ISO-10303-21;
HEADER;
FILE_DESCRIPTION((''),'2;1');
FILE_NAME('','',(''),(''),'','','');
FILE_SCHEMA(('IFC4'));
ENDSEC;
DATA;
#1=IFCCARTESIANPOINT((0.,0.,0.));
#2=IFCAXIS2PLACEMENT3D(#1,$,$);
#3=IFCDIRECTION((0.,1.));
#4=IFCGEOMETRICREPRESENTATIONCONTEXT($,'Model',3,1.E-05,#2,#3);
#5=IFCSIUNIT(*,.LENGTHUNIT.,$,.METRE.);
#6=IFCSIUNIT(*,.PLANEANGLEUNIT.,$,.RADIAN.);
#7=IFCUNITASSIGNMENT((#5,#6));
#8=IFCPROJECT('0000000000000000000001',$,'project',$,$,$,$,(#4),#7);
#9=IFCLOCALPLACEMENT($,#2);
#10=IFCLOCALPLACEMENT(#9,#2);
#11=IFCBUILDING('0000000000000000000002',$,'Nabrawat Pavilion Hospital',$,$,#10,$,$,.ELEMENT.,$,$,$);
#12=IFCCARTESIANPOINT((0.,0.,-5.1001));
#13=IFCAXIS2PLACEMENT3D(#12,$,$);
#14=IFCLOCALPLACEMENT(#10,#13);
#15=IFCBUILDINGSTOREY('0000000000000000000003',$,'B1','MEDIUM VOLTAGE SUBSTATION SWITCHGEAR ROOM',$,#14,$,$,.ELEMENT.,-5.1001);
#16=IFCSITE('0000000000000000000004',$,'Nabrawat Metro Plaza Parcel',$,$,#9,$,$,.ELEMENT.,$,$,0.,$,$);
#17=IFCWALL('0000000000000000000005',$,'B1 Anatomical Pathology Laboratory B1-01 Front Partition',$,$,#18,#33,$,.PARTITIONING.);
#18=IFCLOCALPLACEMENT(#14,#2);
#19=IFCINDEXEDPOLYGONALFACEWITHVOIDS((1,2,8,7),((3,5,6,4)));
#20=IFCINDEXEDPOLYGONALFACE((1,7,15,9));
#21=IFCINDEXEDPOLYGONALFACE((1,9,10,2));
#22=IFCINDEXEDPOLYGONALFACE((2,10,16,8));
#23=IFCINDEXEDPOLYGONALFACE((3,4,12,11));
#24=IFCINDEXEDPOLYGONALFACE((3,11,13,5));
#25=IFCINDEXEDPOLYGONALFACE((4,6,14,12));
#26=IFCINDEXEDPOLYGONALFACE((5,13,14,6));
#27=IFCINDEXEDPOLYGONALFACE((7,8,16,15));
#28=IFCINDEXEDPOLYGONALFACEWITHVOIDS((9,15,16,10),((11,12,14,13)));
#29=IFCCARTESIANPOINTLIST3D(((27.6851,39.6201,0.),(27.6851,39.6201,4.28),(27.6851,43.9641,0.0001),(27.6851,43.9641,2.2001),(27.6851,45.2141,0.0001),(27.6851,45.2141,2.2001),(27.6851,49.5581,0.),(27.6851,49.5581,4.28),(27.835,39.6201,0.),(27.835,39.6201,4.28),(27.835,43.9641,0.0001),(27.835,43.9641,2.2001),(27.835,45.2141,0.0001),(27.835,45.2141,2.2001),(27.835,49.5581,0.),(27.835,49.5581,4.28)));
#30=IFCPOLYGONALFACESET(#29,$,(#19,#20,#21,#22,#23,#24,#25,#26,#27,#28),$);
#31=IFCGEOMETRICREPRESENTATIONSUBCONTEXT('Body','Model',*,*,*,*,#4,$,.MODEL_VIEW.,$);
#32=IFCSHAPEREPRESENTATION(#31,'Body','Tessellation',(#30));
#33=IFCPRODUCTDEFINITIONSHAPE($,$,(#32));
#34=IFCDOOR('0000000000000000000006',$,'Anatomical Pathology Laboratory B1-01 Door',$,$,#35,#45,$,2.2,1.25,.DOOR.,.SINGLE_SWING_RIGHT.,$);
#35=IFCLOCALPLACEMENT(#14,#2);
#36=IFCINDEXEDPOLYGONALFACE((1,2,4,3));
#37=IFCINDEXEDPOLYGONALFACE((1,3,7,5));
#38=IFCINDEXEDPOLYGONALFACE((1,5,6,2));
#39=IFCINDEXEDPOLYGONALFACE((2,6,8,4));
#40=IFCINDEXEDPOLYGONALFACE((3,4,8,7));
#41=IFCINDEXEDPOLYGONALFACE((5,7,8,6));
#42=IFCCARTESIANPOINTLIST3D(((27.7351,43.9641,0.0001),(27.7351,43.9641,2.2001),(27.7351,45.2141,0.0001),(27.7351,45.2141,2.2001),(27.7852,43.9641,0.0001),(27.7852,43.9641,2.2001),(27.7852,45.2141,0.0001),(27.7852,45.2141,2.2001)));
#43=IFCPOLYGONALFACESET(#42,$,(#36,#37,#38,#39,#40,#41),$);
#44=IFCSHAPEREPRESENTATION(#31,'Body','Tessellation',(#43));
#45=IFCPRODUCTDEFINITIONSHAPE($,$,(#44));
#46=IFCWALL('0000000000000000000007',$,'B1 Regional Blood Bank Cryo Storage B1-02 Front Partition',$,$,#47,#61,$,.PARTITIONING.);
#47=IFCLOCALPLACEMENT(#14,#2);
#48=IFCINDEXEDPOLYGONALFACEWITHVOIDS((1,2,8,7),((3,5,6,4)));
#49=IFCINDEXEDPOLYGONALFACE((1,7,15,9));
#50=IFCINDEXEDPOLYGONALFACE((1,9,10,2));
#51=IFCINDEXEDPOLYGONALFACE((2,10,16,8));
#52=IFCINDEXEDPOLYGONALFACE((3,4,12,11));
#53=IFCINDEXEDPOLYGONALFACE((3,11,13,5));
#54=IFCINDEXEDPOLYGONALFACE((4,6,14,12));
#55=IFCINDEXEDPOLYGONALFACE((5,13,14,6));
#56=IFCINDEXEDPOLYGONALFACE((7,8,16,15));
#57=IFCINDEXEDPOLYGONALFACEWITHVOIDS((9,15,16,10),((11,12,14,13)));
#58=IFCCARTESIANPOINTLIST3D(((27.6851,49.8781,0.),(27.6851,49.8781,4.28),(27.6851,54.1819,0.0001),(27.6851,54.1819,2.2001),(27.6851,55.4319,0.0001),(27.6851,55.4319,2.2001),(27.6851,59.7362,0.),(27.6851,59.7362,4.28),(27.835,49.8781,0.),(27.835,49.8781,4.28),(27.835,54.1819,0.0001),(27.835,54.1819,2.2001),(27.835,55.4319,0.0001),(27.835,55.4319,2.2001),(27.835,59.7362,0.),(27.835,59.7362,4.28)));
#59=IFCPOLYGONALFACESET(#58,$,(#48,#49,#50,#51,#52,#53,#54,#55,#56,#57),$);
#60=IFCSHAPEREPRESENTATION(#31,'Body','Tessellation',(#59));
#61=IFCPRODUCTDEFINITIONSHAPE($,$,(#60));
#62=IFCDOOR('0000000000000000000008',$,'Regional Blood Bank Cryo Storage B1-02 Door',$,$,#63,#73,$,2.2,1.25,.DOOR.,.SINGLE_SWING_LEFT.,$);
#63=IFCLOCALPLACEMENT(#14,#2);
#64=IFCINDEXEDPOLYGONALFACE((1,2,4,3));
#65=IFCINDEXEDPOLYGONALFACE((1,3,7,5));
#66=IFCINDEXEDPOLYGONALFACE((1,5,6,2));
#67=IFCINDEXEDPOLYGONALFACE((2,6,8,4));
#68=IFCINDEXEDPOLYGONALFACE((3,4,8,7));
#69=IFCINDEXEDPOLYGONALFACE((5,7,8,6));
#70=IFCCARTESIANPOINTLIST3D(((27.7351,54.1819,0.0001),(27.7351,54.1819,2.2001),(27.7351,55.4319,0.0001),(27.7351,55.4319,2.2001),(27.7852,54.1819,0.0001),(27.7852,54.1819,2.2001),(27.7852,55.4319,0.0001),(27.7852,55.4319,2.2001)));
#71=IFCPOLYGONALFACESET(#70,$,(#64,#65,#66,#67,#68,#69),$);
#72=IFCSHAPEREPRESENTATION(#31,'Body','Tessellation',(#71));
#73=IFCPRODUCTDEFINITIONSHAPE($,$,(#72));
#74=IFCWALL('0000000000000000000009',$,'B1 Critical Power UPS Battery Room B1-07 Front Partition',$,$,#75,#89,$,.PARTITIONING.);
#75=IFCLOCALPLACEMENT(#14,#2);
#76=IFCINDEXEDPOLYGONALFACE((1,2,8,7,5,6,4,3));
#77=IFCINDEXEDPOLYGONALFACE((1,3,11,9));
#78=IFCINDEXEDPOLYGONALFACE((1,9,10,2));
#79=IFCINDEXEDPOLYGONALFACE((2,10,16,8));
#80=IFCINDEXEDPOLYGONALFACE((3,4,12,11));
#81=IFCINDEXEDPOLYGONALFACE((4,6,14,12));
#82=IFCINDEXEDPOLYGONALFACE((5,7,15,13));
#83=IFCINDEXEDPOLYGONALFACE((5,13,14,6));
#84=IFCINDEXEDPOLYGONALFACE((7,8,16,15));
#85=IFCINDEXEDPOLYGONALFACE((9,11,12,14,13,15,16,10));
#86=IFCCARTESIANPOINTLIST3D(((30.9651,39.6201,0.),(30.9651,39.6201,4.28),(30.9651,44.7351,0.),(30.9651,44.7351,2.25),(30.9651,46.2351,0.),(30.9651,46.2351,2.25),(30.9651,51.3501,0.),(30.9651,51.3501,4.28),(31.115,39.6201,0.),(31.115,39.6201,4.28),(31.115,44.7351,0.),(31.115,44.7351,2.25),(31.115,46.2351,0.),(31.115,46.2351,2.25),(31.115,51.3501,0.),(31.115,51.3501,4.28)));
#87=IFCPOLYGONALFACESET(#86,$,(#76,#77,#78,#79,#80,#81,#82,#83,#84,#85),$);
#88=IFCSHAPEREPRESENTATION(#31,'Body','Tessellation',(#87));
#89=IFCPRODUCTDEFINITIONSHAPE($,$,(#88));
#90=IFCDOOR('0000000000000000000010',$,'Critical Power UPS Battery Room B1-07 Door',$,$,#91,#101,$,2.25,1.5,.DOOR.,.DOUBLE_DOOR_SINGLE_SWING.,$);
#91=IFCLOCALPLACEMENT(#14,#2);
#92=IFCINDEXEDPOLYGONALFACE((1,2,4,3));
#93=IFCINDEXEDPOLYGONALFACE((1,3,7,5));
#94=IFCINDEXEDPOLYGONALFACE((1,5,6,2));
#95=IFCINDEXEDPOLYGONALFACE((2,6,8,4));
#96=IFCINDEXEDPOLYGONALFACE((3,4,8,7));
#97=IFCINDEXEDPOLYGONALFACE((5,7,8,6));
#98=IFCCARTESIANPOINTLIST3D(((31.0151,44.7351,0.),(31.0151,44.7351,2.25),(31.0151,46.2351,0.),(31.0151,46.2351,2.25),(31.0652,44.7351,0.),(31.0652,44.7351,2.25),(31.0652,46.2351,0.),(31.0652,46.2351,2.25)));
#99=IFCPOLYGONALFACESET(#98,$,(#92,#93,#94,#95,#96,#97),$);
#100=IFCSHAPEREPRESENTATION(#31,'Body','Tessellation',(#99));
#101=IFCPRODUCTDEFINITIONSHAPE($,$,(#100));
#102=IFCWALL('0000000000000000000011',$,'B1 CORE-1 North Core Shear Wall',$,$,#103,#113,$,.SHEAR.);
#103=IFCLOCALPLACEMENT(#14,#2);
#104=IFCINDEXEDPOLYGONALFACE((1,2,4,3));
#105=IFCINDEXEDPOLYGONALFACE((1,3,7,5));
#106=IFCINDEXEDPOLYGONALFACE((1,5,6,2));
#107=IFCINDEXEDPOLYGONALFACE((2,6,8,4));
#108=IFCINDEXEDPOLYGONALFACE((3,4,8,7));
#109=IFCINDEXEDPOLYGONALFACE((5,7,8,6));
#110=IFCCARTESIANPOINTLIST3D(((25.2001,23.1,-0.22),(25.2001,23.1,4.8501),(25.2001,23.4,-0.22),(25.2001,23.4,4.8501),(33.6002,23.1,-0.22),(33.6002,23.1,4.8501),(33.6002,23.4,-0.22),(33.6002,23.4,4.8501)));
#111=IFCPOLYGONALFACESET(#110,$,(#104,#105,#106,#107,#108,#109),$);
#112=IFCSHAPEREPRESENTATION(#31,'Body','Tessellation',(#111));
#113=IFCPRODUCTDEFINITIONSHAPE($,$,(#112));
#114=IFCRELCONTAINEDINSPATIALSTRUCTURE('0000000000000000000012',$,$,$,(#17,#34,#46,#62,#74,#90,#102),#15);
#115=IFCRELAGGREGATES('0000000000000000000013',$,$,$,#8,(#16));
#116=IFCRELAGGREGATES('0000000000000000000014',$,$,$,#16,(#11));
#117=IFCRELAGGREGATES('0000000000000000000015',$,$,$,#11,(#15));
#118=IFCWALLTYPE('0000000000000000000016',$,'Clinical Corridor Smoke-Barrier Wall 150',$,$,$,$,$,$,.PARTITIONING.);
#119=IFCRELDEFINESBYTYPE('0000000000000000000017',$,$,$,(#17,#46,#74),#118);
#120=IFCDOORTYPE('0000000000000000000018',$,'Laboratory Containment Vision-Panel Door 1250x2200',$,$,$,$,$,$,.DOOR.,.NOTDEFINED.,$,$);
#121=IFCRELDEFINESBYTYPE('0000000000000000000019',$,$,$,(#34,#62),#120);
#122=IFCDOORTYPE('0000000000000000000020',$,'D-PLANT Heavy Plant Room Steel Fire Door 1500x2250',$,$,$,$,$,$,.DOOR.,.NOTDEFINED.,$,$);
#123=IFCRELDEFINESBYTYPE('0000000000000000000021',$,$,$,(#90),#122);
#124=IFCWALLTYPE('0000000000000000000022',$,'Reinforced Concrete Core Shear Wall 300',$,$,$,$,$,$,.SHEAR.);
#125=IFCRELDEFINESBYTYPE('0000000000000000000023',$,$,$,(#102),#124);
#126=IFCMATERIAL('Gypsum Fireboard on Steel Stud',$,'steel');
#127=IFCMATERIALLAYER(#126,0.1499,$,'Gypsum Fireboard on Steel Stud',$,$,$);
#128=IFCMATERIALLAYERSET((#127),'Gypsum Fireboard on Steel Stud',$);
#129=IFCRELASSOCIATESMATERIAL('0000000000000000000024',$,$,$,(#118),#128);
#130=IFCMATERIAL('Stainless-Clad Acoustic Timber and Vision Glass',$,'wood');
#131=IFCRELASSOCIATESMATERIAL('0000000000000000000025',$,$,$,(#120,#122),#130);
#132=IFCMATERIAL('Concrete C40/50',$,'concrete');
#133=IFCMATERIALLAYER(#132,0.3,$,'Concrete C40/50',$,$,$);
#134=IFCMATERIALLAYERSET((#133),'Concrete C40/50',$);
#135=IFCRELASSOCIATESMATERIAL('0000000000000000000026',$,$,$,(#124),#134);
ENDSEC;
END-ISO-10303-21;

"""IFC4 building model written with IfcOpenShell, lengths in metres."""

from ifc_helpers import new_model, si_unit, direction, frame, frame_2d, origin, place, context, subcontext, project, spatial, rectangle, extrude, material, layer, layer_set, type_object, element, fill, save


model = new_model("IFC4")

# Units and contexts
model_context = context("Model", 3, precision=1e-05, world=origin(), true_north=direction((0.0, 1.0)))
body_context = subcontext(model_context, "Body", "Model", "MODEL_VIEW")
ifc_project = project(units=[si_unit("LENGTHUNIT", "METRE"), si_unit("PLANEANGLEUNIT", "RADIAN")], contexts=[model_context])

# Site, building, storey
site_placement = place(None, origin())
site = spatial("IfcSite", under=ifc_project, at=site_placement, Name="Nabrawat Metro Plaza Parcel", CompositionType="ELEMENT", RefElevation=0.0)
building_placement = place(site_placement, origin())
building = spatial("IfcBuilding", under=site, at=building_placement, Name="Nabrawat Pavilion Hospital", CompositionType="ELEMENT")
storey_placement = place(building_placement, frame((0.0, 0.0, -5.1001)))
storey = spatial("IfcBuildingStorey", under=building, at=storey_placement, Name="B1", Description="MEDIUM VOLTAGE SUBSTATION SWITCHGEAR ROOM", CompositionType="ELEMENT", Elevation=-5.1001)

# Shared definitions
ifc_material_1 = material(Name="Concrete C40/50", Category="concrete")

# Walls, openings, doors
ifc_material_2 = material(Name="Gypsum Fireboard on Steel Stud", Category="steel")
ifc_layer_1 = layer(ifc_material_2, 0.1499, Name="Gypsum Fireboard on Steel Stud")
ifc_layer_set_1 = layer_set([ifc_layer_1], Name="Gypsum Fireboard on Steel Stud")
wall_type_1 = type_object("IfcWallType", Name="Clinical Corridor Smoke-Barrier Wall 150", PredefinedType="PARTITIONING", material=ifc_layer_set_1)
wall_1_placement = place(storey_placement, frame((27.76, 39.6201, 0.0), z_axis=(0.0, 0.0, 1.0), x_axis=(0.0, 1.0, 0.0)))
wall_1 = element("IfcWall", 1, at=wall_1_placement, inside=storey, type_object=wall_type_1, Name="B1 Anatomical Pathology Laboratory B1-01 Front Partition", PredefinedType="PARTITIONING", context=body_context, shape_type="SweptSolid", body=[
    extrude(rectangle(XDim=9.938, YDim=0.1499, at=frame_2d((4.969, 0.0))), origin(), (0.0, 0.0, 1.0), 4.28),
])
opening_1_placement = place(wall_1_placement, frame((4.344, 0.0, 0.0)))
opening_1 = element("IfcOpeningElement", 2, at=opening_1_placement, cuts=wall_1, PredefinedType="OPENING", context=body_context, shape_type="SweptSolid", body=[
    extrude(rectangle(XDim=1.25, YDim=2.2, at=frame_2d((0.625, 1.1001))), frame((0.0, 0.085, 0.0), z_axis=(0.0, -1.0, 0.0), x_axis=(1.0, 0.0, 0.0)), (0.0, 0.0, 1.0), 0.1699),
])
ifc_material_3 = material(Name="Stainless-Clad Acoustic Timber and Vision Glass", Category="wood")
door_type_1 = type_object("IfcDoorType", Name="Laboratory Containment Vision-Panel Door 1250x2200", OperationType="NOTDEFINED", PredefinedType="DOOR", material=ifc_material_3)
door_1_placement = place(opening_1_placement, origin())
door_1 = element("IfcDoor", 3, at=door_1_placement, inside=storey, type_object=door_type_1, Name="Anatomical Pathology Laboratory B1-01 Door", OperationType="SINGLE_SWING_RIGHT", OverallHeight=2.2, OverallWidth=1.25, PredefinedType="DOOR", context=body_context, shape_type="SweptSolid", body=[
    extrude(rectangle(XDim=1.25, YDim=2.2, at=frame_2d((0.625, 1.1001))), frame((0.0, 0.0249, 0.0), z_axis=(0.0, -1.0, 0.0), x_axis=(1.0, 0.0, 0.0)), (0.0, 0.0, 1.0), 0.05),
])
fill(opening_1, door_1)
wall_2_placement = place(storey_placement, frame((27.76, 49.8779, 0.0), z_axis=(0.0, 0.0, 1.0), x_axis=(0.0, 1.0, 0.0)))
wall_2 = element("IfcWall", 4, at=wall_2_placement, inside=storey, type_object=wall_type_1, Name="B1 Regional Blood Bank Cryo Storage B1-02 Front Partition", PredefinedType="PARTITIONING", context=body_context, shape_type="SweptSolid", body=[
    extrude(rectangle(XDim=9.8582, YDim=0.1499, at=frame_2d((4.9292, 0.0))), origin(), (0.0, 0.0, 1.0), 4.28),
])
opening_2_placement = place(wall_2_placement, frame((4.304, 0.0, 0.0)))
opening_2 = element("IfcOpeningElement", 5, at=opening_2_placement, cuts=wall_2, PredefinedType="OPENING", context=body_context, shape_type="SweptSolid", body=[
    extrude(rectangle(XDim=1.25, YDim=2.2, at=frame_2d((0.625, 1.1001))), frame((0.0, 0.085, 0.0), z_axis=(0.0, -1.0, 0.0), x_axis=(1.0, 0.0, 0.0)), (0.0, 0.0, 1.0), 0.1699),
])
door_2_placement = place(opening_2_placement, origin())
door_2 = element("IfcDoor", 6, at=door_2_placement, inside=storey, type_object=door_type_1, Name="Regional Blood Bank Cryo Storage B1-02 Door", OperationType="SINGLE_SWING_LEFT", OverallHeight=2.2, OverallWidth=1.25, PredefinedType="DOOR", context=body_context, shape_type="SweptSolid", body=[
    extrude(rectangle(XDim=1.25, YDim=2.2, at=frame_2d((0.625, 1.1001))), frame((0.0, 0.0249, 0.0), z_axis=(0.0, -1.0, 0.0), x_axis=(1.0, 0.0, 0.0)), (0.0, 0.0, 1.0), 0.05),
])
fill(opening_2, door_2)
wall_3_placement = place(storey_placement, frame((31.04, 39.6201, 0.0), z_axis=(0.0, 0.0, 1.0), x_axis=(0.0, 1.0, 0.0)))
wall_3 = element("IfcWall", 7, at=wall_3_placement, inside=storey, type_object=wall_type_1, Name="B1 Critical Power UPS Battery Room B1-07 Front Partition", PredefinedType="PARTITIONING", context=body_context, shape_type="SweptSolid", body=[
    extrude(rectangle(XDim=11.73, YDim=0.1499, at=frame_2d((5.865, 0.0))), origin(), (0.0, 0.0, 1.0), 4.28),
])
opening_3_placement = place(wall_3_placement, frame((5.115, 0.0, 0.0)))
opening_3 = element("IfcOpeningElement", 8, at=opening_3_placement, cuts=wall_3, PredefinedType="OPENING", context=body_context, shape_type="SweptSolid", body=[
    extrude(rectangle(XDim=1.5, YDim=2.25, at=frame_2d((0.75, 1.125))), frame((0.0, 0.085, 0.0), z_axis=(0.0, -1.0, 0.0), x_axis=(1.0, 0.0, 0.0)), (0.0, 0.0, 1.0), 0.1699),
])
door_type_2 = type_object("IfcDoorType", Name="D-PLANT Heavy Plant Room Steel Fire Door 1500x2250", OperationType="NOTDEFINED", PredefinedType="DOOR", material=ifc_material_3)
door_3_placement = place(opening_3_placement, origin())
door_3 = element("IfcDoor", 9, at=door_3_placement, inside=storey, type_object=door_type_2, Name="Critical Power UPS Battery Room B1-07 Door", OperationType="DOUBLE_DOOR_SINGLE_SWING", OverallHeight=2.25, OverallWidth=1.5, PredefinedType="DOOR", context=body_context, shape_type="SweptSolid", body=[
    extrude(rectangle(XDim=1.5, YDim=2.25, at=frame_2d((0.75, 1.125))), frame((0.0, 0.0249, 0.0), z_axis=(0.0, -1.0, 0.0), x_axis=(1.0, 0.0, 0.0)), (0.0, 0.0, 1.0), 0.05),
])
fill(opening_3, door_3)

# Wall
ifc_layer_2 = layer(ifc_material_1, 0.3, Name="Concrete C40/50")
ifc_layer_set_2 = layer_set([ifc_layer_2], Name="Concrete C40/50")
wall_type_2 = type_object("IfcWallType", Name="Reinforced Concrete Core Shear Wall 300", PredefinedType="SHEAR", material=ifc_layer_set_2)
wall_4_placement = place(storey_placement, frame((25.2, 23.25, -0.22), z_axis=(0.0, 0.0, 1.0), x_axis=(1.0, 0.0, 0.0)))
element("IfcWall", 10, at=wall_4_placement, inside=storey, type_object=wall_type_2, Name="B1 CORE-1 North Core Shear Wall", PredefinedType="SHEAR", context=body_context, shape_type="SweptSolid", body=[
    extrude(rectangle(XDim=8.4001, YDim=0.3, at=frame_2d((4.2002, 0.0))), origin(), (0.0, 0.0, 1.0), 5.0701),
])

save(model, "model.ifc")
